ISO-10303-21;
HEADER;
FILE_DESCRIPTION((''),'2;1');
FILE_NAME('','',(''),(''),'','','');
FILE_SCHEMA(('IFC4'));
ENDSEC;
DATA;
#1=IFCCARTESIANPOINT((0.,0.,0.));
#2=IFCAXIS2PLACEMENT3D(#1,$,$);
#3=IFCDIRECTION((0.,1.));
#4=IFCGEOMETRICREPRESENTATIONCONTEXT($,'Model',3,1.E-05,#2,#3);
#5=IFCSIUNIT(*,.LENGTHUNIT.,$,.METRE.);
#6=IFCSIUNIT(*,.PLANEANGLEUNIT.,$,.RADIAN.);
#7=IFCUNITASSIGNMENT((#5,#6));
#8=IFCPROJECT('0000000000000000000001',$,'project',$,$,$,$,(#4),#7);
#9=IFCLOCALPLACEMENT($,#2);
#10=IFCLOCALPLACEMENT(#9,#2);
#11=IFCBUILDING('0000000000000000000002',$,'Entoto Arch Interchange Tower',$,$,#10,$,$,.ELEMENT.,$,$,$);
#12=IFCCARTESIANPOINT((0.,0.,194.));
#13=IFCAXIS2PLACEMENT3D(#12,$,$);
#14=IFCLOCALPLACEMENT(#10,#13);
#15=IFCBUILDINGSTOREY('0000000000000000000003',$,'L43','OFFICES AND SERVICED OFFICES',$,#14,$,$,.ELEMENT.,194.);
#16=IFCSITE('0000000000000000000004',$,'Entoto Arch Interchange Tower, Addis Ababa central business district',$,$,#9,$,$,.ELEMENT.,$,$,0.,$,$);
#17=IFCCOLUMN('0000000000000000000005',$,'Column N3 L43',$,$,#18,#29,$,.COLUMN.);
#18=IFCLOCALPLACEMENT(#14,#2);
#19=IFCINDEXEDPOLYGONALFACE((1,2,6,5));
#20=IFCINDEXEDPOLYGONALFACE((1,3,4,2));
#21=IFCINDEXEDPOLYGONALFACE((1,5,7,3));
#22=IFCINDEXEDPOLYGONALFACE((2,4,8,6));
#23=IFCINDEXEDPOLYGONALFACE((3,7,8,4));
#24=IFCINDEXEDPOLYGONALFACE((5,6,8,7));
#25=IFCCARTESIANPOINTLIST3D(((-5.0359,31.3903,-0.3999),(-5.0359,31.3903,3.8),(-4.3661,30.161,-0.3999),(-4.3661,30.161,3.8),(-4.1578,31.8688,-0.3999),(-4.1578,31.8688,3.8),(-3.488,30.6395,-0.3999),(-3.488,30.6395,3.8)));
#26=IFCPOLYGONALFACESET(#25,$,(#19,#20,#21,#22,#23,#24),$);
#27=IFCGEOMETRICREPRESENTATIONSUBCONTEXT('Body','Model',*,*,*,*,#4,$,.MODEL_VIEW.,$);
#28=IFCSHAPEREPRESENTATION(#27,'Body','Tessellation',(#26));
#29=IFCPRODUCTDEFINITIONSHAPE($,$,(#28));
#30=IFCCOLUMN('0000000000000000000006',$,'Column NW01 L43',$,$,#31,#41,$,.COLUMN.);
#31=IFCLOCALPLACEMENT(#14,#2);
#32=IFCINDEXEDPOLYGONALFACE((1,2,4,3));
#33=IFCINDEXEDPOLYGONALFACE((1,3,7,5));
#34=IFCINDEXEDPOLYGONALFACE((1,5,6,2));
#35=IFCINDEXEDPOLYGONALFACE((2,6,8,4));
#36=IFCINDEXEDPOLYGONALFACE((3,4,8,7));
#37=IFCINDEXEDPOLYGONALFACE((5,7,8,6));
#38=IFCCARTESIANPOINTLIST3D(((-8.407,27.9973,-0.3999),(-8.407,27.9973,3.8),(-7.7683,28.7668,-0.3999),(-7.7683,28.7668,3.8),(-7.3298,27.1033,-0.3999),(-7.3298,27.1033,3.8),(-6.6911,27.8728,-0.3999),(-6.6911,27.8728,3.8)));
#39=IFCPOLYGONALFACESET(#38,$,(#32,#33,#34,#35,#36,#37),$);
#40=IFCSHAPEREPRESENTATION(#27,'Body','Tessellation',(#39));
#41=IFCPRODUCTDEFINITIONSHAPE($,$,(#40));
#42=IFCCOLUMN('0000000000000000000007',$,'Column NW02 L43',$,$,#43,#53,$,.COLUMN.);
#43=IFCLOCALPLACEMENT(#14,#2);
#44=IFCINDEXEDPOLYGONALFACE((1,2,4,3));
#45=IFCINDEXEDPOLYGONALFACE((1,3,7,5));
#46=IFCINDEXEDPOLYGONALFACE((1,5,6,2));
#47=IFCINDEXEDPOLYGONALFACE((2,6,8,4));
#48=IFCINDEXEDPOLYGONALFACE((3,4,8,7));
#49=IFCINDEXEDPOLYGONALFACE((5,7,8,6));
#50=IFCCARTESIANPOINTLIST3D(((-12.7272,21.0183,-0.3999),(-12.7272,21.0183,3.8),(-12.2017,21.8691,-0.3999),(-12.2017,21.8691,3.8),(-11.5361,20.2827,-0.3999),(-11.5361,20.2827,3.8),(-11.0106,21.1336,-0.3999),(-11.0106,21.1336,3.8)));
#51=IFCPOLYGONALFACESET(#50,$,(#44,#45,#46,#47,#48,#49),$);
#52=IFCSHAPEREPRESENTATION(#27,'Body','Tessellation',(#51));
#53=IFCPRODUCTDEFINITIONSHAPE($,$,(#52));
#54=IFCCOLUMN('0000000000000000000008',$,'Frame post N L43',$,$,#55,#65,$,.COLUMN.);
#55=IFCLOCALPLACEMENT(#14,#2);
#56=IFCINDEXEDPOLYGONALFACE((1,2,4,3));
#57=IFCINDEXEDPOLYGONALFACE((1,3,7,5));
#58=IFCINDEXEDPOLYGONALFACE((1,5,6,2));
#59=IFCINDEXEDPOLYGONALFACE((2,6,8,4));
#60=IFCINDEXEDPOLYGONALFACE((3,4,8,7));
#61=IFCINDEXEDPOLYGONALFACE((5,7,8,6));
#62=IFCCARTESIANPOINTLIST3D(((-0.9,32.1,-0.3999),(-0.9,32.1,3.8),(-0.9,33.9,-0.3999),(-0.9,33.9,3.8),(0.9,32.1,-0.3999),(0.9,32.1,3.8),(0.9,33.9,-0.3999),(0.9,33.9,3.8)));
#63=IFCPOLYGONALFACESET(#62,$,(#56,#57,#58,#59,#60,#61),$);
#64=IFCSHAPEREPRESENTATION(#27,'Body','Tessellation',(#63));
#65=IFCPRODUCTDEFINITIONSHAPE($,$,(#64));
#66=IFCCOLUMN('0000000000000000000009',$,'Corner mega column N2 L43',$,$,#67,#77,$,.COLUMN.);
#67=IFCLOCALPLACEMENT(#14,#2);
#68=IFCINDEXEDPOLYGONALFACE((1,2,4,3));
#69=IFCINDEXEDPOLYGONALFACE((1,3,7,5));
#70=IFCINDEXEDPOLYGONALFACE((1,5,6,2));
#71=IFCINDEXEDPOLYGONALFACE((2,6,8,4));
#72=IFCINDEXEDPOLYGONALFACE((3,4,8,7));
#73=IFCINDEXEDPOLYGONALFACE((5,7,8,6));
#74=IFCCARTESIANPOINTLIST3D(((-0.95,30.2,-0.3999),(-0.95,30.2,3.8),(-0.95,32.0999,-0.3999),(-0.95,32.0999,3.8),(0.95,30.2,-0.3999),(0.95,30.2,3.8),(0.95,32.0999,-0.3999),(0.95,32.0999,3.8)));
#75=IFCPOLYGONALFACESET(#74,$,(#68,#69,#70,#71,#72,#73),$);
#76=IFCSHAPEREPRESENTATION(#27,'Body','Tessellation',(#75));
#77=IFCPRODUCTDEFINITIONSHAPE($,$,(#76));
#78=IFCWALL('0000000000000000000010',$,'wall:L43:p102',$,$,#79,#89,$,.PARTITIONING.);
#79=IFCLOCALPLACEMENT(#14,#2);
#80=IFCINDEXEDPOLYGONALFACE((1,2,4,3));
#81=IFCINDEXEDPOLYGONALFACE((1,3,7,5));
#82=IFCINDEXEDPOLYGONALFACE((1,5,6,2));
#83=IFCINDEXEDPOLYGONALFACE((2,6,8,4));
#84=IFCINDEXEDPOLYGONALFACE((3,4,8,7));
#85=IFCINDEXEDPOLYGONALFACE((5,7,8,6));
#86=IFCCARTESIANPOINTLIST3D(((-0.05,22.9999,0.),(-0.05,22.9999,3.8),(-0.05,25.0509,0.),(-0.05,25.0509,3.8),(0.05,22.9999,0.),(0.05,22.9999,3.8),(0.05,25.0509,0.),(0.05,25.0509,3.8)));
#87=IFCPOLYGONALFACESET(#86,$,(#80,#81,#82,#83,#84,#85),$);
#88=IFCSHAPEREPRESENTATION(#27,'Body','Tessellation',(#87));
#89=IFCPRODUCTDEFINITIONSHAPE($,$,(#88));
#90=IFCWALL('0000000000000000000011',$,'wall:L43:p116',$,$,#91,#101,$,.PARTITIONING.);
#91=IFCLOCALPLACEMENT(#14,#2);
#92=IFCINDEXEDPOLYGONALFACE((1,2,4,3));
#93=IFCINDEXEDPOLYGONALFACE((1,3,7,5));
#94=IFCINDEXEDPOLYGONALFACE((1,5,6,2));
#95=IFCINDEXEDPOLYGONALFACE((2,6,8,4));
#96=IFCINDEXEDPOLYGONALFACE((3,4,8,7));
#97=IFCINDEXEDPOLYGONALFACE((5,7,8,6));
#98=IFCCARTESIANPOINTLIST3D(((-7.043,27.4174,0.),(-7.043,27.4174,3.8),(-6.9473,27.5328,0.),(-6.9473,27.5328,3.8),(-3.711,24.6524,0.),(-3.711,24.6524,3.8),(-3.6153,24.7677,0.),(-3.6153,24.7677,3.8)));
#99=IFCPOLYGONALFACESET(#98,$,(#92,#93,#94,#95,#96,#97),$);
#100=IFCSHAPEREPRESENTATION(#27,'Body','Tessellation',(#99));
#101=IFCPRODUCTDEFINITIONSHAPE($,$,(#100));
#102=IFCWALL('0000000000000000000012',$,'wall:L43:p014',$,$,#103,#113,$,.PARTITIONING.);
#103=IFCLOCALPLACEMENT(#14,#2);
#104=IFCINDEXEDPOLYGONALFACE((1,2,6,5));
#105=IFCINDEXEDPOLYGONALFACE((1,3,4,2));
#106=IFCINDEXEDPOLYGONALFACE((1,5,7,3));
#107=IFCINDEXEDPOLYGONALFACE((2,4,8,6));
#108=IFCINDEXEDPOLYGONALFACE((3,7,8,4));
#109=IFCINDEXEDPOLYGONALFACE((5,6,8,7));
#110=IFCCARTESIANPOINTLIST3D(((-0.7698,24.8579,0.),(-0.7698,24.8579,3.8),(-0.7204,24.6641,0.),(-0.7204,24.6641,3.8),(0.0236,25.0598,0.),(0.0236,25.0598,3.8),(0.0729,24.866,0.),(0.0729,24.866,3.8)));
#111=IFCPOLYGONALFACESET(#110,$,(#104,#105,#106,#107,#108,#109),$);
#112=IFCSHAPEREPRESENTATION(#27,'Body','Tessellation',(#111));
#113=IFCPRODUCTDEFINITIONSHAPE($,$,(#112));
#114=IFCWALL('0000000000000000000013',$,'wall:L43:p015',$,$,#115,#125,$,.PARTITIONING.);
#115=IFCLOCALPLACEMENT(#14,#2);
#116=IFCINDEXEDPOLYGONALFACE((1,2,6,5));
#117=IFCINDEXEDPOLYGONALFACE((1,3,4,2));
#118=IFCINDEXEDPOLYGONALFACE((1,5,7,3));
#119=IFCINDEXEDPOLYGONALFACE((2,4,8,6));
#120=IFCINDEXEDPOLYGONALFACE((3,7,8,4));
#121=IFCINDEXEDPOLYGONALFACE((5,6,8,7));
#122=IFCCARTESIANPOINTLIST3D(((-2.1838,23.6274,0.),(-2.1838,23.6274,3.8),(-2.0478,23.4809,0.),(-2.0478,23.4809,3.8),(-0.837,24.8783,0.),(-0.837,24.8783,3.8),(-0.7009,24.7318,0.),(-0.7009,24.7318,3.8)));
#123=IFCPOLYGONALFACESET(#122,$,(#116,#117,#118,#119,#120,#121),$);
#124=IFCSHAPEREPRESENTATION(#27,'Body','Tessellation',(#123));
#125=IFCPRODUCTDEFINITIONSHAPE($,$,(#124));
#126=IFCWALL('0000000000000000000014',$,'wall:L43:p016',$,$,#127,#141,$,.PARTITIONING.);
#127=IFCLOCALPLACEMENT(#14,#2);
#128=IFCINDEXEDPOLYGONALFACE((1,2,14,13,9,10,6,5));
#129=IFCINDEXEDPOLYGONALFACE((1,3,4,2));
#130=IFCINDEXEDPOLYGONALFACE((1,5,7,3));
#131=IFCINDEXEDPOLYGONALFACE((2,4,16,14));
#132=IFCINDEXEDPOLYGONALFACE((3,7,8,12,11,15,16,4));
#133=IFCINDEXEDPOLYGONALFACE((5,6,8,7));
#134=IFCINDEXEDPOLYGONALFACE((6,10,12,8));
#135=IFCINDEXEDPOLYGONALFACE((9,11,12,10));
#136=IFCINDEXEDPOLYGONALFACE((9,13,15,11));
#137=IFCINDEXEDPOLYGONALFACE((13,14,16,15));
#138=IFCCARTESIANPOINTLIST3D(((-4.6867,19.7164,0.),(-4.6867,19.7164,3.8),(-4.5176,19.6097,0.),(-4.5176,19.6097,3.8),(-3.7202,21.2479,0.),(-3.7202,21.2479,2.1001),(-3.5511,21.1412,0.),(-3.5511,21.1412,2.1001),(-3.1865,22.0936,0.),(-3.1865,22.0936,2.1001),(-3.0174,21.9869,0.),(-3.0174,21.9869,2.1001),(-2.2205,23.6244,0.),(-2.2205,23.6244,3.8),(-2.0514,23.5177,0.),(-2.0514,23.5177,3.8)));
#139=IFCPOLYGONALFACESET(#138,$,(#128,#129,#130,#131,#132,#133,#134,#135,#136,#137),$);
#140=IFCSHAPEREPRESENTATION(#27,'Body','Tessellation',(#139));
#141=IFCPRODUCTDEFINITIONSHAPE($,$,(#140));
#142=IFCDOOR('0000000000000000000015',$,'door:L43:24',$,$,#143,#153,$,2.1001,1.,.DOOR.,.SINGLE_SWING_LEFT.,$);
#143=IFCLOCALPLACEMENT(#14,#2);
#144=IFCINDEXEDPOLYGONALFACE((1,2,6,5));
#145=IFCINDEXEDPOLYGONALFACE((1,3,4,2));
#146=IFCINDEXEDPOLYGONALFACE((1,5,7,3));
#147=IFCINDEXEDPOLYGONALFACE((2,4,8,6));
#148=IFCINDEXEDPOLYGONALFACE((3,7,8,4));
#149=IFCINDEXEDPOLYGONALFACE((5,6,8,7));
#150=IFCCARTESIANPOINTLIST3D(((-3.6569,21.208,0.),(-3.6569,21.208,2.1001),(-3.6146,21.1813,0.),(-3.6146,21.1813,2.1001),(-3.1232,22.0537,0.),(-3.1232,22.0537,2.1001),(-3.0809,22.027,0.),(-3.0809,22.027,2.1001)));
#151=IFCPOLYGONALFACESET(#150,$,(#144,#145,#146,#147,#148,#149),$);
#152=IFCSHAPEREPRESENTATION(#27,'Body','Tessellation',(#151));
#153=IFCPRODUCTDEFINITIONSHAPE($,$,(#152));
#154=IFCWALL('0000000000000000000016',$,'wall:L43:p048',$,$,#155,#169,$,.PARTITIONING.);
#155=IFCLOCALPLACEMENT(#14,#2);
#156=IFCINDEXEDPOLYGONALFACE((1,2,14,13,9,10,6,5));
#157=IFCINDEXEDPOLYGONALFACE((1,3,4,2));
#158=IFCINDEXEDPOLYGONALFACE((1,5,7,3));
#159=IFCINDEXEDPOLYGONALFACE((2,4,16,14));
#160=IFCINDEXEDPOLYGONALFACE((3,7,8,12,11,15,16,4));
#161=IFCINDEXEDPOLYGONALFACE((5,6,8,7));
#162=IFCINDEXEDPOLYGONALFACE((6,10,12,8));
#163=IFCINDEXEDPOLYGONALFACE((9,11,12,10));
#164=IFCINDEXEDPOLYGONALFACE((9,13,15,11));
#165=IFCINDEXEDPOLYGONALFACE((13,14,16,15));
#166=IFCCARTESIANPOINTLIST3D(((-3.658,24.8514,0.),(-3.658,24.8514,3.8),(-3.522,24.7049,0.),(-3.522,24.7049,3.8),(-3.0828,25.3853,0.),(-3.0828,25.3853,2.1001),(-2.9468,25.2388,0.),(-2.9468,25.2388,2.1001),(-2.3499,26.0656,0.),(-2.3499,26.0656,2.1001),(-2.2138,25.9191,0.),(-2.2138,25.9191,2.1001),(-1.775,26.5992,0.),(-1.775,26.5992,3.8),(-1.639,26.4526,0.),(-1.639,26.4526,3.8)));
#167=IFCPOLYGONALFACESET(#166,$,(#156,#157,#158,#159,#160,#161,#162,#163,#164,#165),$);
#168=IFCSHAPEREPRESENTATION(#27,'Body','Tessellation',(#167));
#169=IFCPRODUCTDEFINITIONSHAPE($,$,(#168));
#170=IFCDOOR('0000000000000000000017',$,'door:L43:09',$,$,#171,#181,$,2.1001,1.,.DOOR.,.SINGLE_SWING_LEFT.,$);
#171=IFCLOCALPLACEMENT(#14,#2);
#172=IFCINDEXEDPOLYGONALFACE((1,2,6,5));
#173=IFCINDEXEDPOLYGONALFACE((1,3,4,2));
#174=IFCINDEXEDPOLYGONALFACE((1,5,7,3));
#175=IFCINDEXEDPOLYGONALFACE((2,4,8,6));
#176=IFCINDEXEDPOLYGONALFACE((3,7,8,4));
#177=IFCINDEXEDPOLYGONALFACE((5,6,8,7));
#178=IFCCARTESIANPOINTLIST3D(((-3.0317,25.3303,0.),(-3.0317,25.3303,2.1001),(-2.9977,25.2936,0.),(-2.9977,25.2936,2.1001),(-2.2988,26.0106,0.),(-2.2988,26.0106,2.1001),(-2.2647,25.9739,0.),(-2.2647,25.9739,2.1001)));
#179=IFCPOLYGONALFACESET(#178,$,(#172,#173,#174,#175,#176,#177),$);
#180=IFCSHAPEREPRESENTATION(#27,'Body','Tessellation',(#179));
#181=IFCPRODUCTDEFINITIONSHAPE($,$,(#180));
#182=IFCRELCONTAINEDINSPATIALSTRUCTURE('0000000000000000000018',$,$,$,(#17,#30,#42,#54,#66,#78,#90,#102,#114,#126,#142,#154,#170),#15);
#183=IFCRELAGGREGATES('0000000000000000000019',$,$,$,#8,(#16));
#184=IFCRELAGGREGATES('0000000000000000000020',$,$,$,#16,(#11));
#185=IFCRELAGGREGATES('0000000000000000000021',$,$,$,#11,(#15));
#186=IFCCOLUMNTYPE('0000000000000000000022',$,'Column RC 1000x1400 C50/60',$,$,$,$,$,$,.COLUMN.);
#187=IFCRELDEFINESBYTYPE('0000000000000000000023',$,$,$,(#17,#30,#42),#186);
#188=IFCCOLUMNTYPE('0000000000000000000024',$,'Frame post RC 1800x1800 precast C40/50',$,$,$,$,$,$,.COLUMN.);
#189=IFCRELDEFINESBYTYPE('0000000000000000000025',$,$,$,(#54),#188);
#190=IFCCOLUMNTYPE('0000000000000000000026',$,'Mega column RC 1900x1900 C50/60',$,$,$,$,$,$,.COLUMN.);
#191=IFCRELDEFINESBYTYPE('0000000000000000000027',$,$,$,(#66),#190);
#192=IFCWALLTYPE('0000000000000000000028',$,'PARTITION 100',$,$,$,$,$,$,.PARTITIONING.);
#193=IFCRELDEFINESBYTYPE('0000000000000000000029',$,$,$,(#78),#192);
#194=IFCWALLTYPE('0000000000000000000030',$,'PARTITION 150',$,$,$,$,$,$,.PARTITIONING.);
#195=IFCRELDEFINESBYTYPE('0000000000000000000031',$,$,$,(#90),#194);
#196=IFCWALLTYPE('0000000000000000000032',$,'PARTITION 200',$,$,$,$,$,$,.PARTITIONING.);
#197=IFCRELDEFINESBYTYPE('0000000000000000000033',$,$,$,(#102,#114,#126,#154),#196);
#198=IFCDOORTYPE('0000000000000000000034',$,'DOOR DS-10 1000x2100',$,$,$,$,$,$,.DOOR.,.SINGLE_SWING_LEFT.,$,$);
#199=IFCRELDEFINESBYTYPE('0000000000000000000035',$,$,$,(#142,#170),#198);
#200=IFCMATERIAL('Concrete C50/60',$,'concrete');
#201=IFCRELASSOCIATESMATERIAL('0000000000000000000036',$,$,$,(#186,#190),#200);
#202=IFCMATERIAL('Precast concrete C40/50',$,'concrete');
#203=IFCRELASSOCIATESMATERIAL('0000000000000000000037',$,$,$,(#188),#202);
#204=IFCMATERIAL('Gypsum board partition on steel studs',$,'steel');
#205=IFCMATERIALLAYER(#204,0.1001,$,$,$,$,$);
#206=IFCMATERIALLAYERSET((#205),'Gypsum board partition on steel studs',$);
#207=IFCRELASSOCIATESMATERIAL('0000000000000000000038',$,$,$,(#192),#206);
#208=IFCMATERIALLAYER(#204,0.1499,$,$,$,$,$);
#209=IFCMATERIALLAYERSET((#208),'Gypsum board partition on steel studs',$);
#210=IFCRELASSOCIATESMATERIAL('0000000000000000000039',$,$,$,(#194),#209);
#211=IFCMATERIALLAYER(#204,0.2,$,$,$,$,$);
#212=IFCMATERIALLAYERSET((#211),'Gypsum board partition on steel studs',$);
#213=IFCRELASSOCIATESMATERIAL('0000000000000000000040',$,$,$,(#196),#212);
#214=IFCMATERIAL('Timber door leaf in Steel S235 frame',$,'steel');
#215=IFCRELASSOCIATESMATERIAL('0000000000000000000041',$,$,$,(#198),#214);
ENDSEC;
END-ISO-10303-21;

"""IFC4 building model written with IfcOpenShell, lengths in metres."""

from ifc_helpers import new_model, si_unit, direction, frame, frame_2d, origin, origin_2d, place, context, subcontext, project, spatial, rectangle, extrude, material, layer, layer_set, material_profile, profile_set, type_object, element, fill, save


model = new_model("IFC4")

# Units and contexts
model_context = context("Model", 3, precision=1e-05, world=origin(), true_north=direction((0.0, 1.0)))
body_context = subcontext(model_context, "Body", "Model", "MODEL_VIEW")
ifc_project = project(units=[si_unit("LENGTHUNIT", "METRE"), si_unit("PLANEANGLEUNIT", "RADIAN")], contexts=[model_context])

# Site, building, storey
site_placement = place(None, origin())
site = spatial("IfcSite", under=ifc_project, at=site_placement, Name="Entoto Arch Interchange Tower, Addis Ababa central business district", CompositionType="ELEMENT", RefElevation=0.0)
building_placement = place(site_placement, origin())
building = spatial("IfcBuilding", under=site, at=building_placement, Name="Entoto Arch Interchange Tower", CompositionType="ELEMENT")
storey_placement = place(building_placement, frame((0.0, 0.0, 194.0)))
storey = spatial("IfcBuildingStorey", under=building, at=storey_placement, Name="L43", Description="OFFICES AND SERVICED OFFICES", CompositionType="ELEMENT", Elevation=194.0)

# Columns
ifc_material_1 = material(Name="Concrete C50/60", Category="concrete")
ifc_material_profile_1 = material_profile(ifc_material_1, rectangle(XDim=1.0, YDim=1.3999, at=origin_2d()))
ifc_profile_set_1 = profile_set([ifc_material_profile_1], Name="Concrete C50/60")
column_type_1 = type_object("IfcColumnType", Name="Column RC 1000x1400 C50/60", PredefinedType="COLUMN", material=ifc_profile_set_1)
for number, where, z_axis, x_axis, name in (
    (1, (-4.262, 31.0149, -0.3999), (0.0, 0.0, 1.0), (0.8781, 0.478477, 0.0), "Column N3 L43"),
    (2, (-7.5491, 27.9351, -0.3999), (0.0, 0.0, 1.0), (0.63866, 0.769489, 0.0), "Column NW01 L43"),
    (3, (-11.8689, 21.0759, -0.3999), (0.0, 0.0, 1.0), (0.525427, 0.850839, 0.0), "Column NW02 L43"),
):
    element("IfcColumn", number, at=place(storey_placement, frame(where, z_axis=z_axis, x_axis=x_axis)), inside=storey, type_object=column_type_1, Name=name, PredefinedType="COLUMN", context=body_context, shape_type="SweptSolid", body=[
        extrude(rectangle(XDim=1.0, YDim=1.3999, at=origin_2d()), origin(), (0.0, 0.0, 1.0), 4.2),
    ])
ifc_material_2 = material(Name="Precast concrete C40/50", Category="concrete")
ifc_material_profile_2 = material_profile(ifc_material_2, rectangle(XDim=1.8, YDim=1.8, at=origin_2d()))
ifc_profile_set_2 = profile_set([ifc_material_profile_2], Name="Precast concrete C40/50")
column_type_2 = type_object("IfcColumnType", Name="Frame post RC 1800x1800 precast C40/50", PredefinedType="COLUMN", material=ifc_profile_set_2)
column_1_placement = place(storey_placement, frame((0.0, 33.0, -0.3999), z_axis=(0.0, 0.0, 1.0), x_axis=(0.0, 1.0, 0.0)))
element("IfcColumn", 4, at=column_1_placement, inside=storey, type_object=column_type_2, Name="Frame post N L43", PredefinedType="COLUMN", context=body_context, shape_type="SweptSolid", body=[
    extrude(rectangle(XDim=1.8, YDim=1.8, at=origin_2d()), origin(), (0.0, 0.0, 1.0), 4.2),
])
ifc_material_profile_3 = material_profile(ifc_material_1, rectangle(XDim=1.8999, YDim=1.8999, at=origin_2d()))
ifc_profile_set_3 = profile_set([ifc_material_profile_3], Name="Concrete C50/60")
column_type_3 = type_object("IfcColumnType", Name="Mega column RC 1900x1900 C50/60", PredefinedType="COLUMN", material=ifc_profile_set_3)
column_2_placement = place(storey_placement, frame((0.0, 31.1499, -0.3999), z_axis=(0.0, 0.0, 1.0), x_axis=(0.0, 1.0, 0.0)))
element("IfcColumn", 5, at=column_2_placement, inside=storey, type_object=column_type_3, Name="Corner mega column N2 L43", PredefinedType="COLUMN", context=body_context, shape_type="SweptSolid", body=[
    extrude(rectangle(XDim=1.8999, YDim=1.8999, at=origin_2d()), origin(), (0.0, 0.0, 1.0), 4.2),
])

# Walls
ifc_material_3 = material(Name="Gypsum board partition on steel studs", Category="steel")
ifc_layer_1 = layer(ifc_material_3, 0.1001)
ifc_layer_set_1 = layer_set([ifc_layer_1], Name="Gypsum board partition on steel studs")
wall_type_1 = type_object("IfcWallType", Name="PARTITION 100", PredefinedType="PARTITIONING", material=ifc_layer_set_1)
wall_1_placement = place(storey_placement, frame((0.0, 23.0, 0.0), z_axis=(0.0, 0.0, 1.0), x_axis=(0.0, 1.0, 0.0)))
element("IfcWall", 6, at=wall_1_placement, inside=storey, type_object=wall_type_1, Name="wall:L43:p102", PredefinedType="PARTITIONING", context=body_context, shape_type="SweptSolid", body=[
    extrude(rectangle(XDim=2.051, YDim=0.1001, at=frame_2d((1.0254, 0.0))), origin(), (0.0, 0.0, 1.0), 3.8),
])
ifc_layer_2 = layer(ifc_material_3, 0.1499)
ifc_layer_set_2 = layer_set([ifc_layer_2], Name="Gypsum board partition on steel studs")
wall_type_2 = type_object("IfcWallType", Name="PARTITION 150", PredefinedType="PARTITIONING", material=ifc_layer_set_2)
wall_2_placement = place(storey_placement, frame((-3.6631, 24.71, 0.0), z_axis=(0.0, 0.0, 1.0), x_axis=(-0.769532, 0.638608, 0.0)))
element("IfcWall", 7, at=wall_2_placement, inside=storey, type_object=wall_type_2, Name="wall:L43:p116", PredefinedType="PARTITIONING", context=body_context, shape_type="SweptSolid", body=[
    extrude(rectangle(XDim=4.3298, YDim=0.1499, at=frame_2d((2.165, 0.0))), origin(), (0.0, 0.0, 1.0), 3.8),
])
ifc_layer_3 = layer(ifc_material_3, 0.2)
ifc_layer_set_3 = layer_set([ifc_layer_3], Name="Gypsum board partition on steel studs")
wall_type_3 = type_object("IfcWallType", Name="PARTITION 200", PredefinedType="PARTITIONING", material=ifc_layer_set_3)
wall_3_placement = place(storey_placement, frame((0.0481, 24.9629, 0.0), z_axis=(0.0, 0.0, 1.0), x_axis=(-0.969098, -0.246674, 0.0)))
element("IfcWall", 8, at=wall_3_placement, inside=storey, type_object=wall_type_3, Name="wall:L43:p014", PredefinedType="PARTITIONING", context=body_context, shape_type="SweptSolid", body=[
    extrude(rectangle(XDim=0.8186, YDim=0.2, at=frame_2d((0.4092, 0.0))), origin(), (0.0, 0.0, 1.0), 3.8),
])
wall_4_placement = place(storey_placement, frame((-0.769, 24.8049, 0.0), z_axis=(0.0, 0.0, 1.0), x_axis=(-0.732723, -0.680528, 0.0)))
element("IfcWall", 9, at=wall_4_placement, inside=storey, type_object=wall_type_3, Name="wall:L43:p015", PredefinedType="PARTITIONING", context=body_context, shape_type="SweptSolid", body=[
    extrude(rectangle(XDim=1.8381, YDim=0.2, at=frame_2d((0.9189, 0.0))), origin(), (0.0, 0.0, 1.0), 3.8),
])

# Walls, openings, doors
wall_5_placement = place(storey_placement, frame((-2.136, 23.571, 0.0), z_axis=(0.0, 0.0, 1.0), x_axis=(-0.533665, -0.845696, 0.0)))
wall_5 = element("IfcWall", 10, at=wall_5_placement, inside=storey, type_object=wall_type_3, Name="wall:L43:p016", PredefinedType="PARTITIONING", context=body_context, shape_type="SweptSolid", body=[
    extrude(rectangle(XDim=4.6211, YDim=0.2, at=frame_2d((2.3105, 0.0))), origin(), (0.0, 0.0, 1.0), 3.8),
])
opening_1_placement = place(wall_5_placement, frame((1.8101, 0.0, 0.0)))
opening_1 = element("IfcOpeningElement", 11, at=opening_1_placement, cuts=wall_5, PredefinedType="OPENING", context=body_context, shape_type="SweptSolid", body=[
    extrude(rectangle(XDim=1.0, YDim=2.1001, at=frame_2d((0.5, 1.05))), frame((0.0, 0.1099, 0.0), z_axis=(0.0, -1.0, 0.0), x_axis=(1.0, 0.0, 0.0)), (0.0, 0.0, 1.0), 0.22),
])
ifc_material_4 = material(Name="Timber door leaf in Steel S235 frame", Category="steel")
door_type = type_object("IfcDoorType", Name="DOOR DS-10 1000x2100", OperationType="SINGLE_SWING_LEFT", PredefinedType="DOOR", material=ifc_material_4)
door_1_placement = place(opening_1_placement, origin())
door_1 = element("IfcDoor", 12, at=door_1_placement, inside=storey, type_object=door_type, Name="door:L43:24", OperationType="SINGLE_SWING_LEFT", OverallHeight=2.1001, OverallWidth=1.0, PredefinedType="DOOR", context=body_context, shape_type="SweptSolid", body=[
    extrude(rectangle(XDim=1.0, YDim=2.1001, at=frame_2d((0.5, 1.05))), frame((0.0, 0.0249, 0.0), z_axis=(0.0, -1.0, 0.0), x_axis=(1.0, 0.0, 0.0)), (0.0, 0.0, 1.0), 0.05),
])
fill(opening_1, door_1)
wall_6_placement = place(storey_placement, frame((-3.5901, 24.7781, 0.0), z_axis=(0.0, 0.0, 1.0), x_axis=(0.732939, 0.680294, 0.0)))
wall_6 = element("IfcWall", 13, at=wall_6_placement, inside=storey, type_object=wall_type_3, Name="wall:L43:p048", PredefinedType="PARTITIONING", context=body_context, shape_type="SweptSolid", body=[
    extrude(rectangle(XDim=2.5691, YDim=0.2, at=frame_2d((1.2847, 0.0))), origin(), (0.0, 0.0, 1.0), 3.8),
])
opening_2_placement = place(wall_6_placement, frame((0.7849, 0.0, 0.0)))
opening_2 = element("IfcOpeningElement", 14, at=opening_2_placement, cuts=wall_6, PredefinedType="OPENING", context=body_context, shape_type="SweptSolid", body=[
    extrude(rectangle(XDim=1.0, YDim=2.1001, at=frame_2d((0.5, 1.05))), frame((0.0, 0.1099, 0.0), z_axis=(0.0, -1.0, 0.0), x_axis=(1.0, 0.0, 0.0)), (0.0, 0.0, 1.0), 0.22),
])
door_2_placement = place(opening_2_placement, origin())
door_2 = element("IfcDoor", 15, at=door_2_placement, inside=storey, type_object=door_type, Name="door:L43:09", OperationType="SINGLE_SWING_LEFT", OverallHeight=2.1001, OverallWidth=1.0, PredefinedType="DOOR", context=body_context, shape_type="SweptSolid", body=[
    extrude(rectangle(XDim=1.0, YDim=2.1001, at=frame_2d((0.5, 1.05))), frame((0.0, 0.0249, 0.0), z_axis=(0.0, -1.0, 0.0), x_axis=(1.0, 0.0, 0.0)), (0.0, 0.0, 1.0), 0.05),
])
fill(opening_2, door_2)

save(model, "model.ifc")
